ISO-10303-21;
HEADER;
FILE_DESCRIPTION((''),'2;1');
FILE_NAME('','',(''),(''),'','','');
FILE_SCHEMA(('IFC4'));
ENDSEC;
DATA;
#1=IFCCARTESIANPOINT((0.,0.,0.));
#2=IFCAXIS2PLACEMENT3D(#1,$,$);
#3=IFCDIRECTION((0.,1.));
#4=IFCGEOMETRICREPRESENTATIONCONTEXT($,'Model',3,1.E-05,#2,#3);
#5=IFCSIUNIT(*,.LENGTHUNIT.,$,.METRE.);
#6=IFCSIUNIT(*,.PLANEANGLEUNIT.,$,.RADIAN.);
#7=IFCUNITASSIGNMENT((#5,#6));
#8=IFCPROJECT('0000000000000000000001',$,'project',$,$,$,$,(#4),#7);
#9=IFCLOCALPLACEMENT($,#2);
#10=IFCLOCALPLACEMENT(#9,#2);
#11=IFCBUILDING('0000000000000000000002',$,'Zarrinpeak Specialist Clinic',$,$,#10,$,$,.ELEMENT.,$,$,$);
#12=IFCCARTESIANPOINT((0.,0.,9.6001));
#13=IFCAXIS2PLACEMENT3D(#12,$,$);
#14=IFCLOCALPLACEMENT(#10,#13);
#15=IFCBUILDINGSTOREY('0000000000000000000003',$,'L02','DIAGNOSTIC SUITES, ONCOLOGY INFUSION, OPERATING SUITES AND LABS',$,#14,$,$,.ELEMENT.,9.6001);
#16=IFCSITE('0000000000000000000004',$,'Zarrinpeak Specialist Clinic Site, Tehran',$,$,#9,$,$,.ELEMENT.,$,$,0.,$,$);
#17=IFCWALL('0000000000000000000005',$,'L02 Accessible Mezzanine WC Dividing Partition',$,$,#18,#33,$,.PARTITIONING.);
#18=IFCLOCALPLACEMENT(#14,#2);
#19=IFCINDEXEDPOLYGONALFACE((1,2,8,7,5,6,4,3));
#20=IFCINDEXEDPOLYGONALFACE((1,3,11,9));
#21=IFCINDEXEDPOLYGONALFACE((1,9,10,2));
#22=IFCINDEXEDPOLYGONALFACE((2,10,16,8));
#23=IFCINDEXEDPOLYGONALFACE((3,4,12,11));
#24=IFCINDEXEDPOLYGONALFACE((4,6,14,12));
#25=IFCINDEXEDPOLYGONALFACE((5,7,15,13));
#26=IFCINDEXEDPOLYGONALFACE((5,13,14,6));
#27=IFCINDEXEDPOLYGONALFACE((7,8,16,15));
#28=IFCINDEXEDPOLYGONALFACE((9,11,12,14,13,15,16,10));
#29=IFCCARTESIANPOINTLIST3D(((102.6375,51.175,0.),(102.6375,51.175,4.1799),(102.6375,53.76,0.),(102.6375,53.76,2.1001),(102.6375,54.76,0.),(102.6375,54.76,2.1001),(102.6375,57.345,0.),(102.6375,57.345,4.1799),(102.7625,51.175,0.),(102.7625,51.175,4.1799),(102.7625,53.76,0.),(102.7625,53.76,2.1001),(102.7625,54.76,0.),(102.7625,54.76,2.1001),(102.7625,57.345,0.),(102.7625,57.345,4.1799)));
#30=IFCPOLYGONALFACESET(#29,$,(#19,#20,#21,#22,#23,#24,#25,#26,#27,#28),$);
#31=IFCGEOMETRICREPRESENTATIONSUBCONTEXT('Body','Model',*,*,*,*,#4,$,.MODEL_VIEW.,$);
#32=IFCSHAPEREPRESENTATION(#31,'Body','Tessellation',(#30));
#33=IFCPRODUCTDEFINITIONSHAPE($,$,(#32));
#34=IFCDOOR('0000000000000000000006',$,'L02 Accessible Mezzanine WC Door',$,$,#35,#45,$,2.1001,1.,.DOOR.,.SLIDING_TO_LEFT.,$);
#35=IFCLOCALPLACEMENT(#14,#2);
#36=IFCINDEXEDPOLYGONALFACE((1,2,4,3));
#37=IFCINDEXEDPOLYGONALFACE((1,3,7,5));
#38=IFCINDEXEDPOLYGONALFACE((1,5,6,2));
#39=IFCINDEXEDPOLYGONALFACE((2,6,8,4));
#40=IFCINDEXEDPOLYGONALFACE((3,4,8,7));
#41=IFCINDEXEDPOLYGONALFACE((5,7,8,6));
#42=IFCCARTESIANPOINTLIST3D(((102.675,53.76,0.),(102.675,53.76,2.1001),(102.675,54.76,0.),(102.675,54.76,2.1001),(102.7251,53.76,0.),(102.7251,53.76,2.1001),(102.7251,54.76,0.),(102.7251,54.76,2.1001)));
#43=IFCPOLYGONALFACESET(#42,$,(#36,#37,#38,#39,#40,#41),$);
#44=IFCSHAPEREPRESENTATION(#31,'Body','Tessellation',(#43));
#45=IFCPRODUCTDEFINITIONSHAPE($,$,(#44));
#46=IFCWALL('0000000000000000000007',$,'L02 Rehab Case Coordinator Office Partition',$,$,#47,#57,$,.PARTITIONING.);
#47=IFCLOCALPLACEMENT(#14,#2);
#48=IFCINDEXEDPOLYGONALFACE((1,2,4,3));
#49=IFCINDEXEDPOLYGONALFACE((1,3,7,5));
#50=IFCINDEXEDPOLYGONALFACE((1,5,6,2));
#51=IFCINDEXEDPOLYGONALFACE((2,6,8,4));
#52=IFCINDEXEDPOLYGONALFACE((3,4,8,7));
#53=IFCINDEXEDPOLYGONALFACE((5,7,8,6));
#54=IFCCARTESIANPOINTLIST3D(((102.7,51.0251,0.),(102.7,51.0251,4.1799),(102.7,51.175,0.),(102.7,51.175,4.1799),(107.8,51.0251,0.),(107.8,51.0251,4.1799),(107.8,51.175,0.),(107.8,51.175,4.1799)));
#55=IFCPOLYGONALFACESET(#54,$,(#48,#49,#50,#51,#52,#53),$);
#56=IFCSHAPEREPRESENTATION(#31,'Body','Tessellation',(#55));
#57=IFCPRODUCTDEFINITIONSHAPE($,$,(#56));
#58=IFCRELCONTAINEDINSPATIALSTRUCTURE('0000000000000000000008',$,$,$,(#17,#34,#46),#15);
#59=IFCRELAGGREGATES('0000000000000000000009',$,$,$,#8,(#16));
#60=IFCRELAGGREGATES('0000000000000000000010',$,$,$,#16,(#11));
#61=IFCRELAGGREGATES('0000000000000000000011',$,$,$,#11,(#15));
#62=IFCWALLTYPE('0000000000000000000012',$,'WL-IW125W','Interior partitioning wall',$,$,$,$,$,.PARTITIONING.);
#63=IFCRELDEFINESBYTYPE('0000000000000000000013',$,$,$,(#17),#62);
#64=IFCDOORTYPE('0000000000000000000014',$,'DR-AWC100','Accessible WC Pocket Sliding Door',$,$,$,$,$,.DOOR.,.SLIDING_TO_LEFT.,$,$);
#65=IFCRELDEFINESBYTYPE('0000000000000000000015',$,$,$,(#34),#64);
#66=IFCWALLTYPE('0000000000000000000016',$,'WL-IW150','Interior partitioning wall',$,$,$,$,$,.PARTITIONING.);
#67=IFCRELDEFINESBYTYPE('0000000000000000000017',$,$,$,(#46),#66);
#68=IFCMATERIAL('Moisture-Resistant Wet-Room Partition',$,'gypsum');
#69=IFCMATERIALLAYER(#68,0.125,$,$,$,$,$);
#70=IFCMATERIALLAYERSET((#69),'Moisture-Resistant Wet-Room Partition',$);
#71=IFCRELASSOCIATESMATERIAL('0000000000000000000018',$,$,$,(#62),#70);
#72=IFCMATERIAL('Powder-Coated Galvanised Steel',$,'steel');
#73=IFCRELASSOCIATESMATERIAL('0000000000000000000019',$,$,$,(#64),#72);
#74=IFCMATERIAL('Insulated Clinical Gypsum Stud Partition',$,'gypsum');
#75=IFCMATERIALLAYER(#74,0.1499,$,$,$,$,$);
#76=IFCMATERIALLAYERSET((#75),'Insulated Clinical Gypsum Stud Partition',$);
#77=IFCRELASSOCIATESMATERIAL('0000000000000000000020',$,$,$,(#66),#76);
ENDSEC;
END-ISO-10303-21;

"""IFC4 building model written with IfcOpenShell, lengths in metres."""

from ifc_helpers import new_model, si_unit, direction, frame, frame_2d, origin, place, context, subcontext, project, spatial, rectangle, extrude, material, layer, layer_set, type_object, element, fill, save


model = new_model("IFC4")

# Units and contexts
model_context = context("Model", 3, precision=1e-05, world=origin(), true_north=direction((0.0, 1.0)))
body_context = subcontext(model_context, "Body", "Model", "MODEL_VIEW")
ifc_project = project(units=[si_unit("LENGTHUNIT", "METRE"), si_unit("PLANEANGLEUNIT", "RADIAN")], contexts=[model_context])

# Site, building, storey
site_placement = place(None, origin())
site = spatial("IfcSite", under=ifc_project, at=site_placement, Name="Zarrinpeak Specialist Clinic Site, Tehran", CompositionType="ELEMENT", RefElevation=0.0)
building_placement = place(site_placement, origin())
building = spatial("IfcBuilding", under=site, at=building_placement, Name="Zarrinpeak Specialist Clinic", CompositionType="ELEMENT")
storey_placement = place(building_placement, frame((0.0, 0.0, 9.6001)))
storey = spatial("IfcBuildingStorey", under=building, at=storey_placement, Name="L02", Description="DIAGNOSTIC SUITES, ONCOLOGY INFUSION, OPERATING SUITES AND LABS", CompositionType="ELEMENT", Elevation=9.6001)

# Wall, opening, door
ifc_material_1 = material(Name="Moisture-Resistant Wet-Room Partition", Category="gypsum")
ifc_layer_1 = layer(ifc_material_1, 0.125)
ifc_layer_set_1 = layer_set([ifc_layer_1], Name="Moisture-Resistant Wet-Room Partition")
wall_type_1 = type_object("IfcWallType", Name="WL-IW125W", Description="Interior partitioning wall", PredefinedType="PARTITIONING", material=ifc_layer_set_1)
wall_1_placement = place(storey_placement, frame((102.7, 51.175, 0.0), z_axis=(0.0, 0.0, 1.0), x_axis=(0.0, 1.0, 0.0)))
wall_1 = element("IfcWall", 1, at=wall_1_placement, inside=storey, type_object=wall_type_1, Name="L02 Accessible Mezzanine WC Dividing Partition", PredefinedType="PARTITIONING", context=body_context, shape_type="SweptSolid", body=[
    extrude(rectangle(XDim=6.1699, YDim=0.125, at=frame_2d((3.085, 0.0))), origin(), (0.0, 0.0, 1.0), 4.1799),
])
opening_placement = place(wall_1_placement, frame((2.585, 0.0, 0.0)))
opening = element("IfcOpeningElement", 2, at=opening_placement, cuts=wall_1, PredefinedType="OPENING", context=body_context, shape_type="SweptSolid", body=[
    extrude(rectangle(XDim=1.0, YDim=2.1001, at=frame_2d((0.5, 1.05))), frame((0.0, 0.0725, 0.0), z_axis=(0.0, -1.0, 0.0), x_axis=(1.0, 0.0, 0.0)), (0.0, 0.0, 1.0), 0.145),
])
ifc_material_2 = material(Name="Powder-Coated Galvanised Steel", Category="steel")
door_type = type_object("IfcDoorType", Name="DR-AWC100", Description="Accessible WC Pocket Sliding Door", OperationType="SLIDING_TO_LEFT", PredefinedType="DOOR", material=ifc_material_2)
door_placement = place(opening_placement, origin())
door = element("IfcDoor", 3, at=door_placement, inside=storey, type_object=door_type, Name="L02 Accessible Mezzanine WC Door", OperationType="SLIDING_TO_LEFT", OverallHeight=2.1001, OverallWidth=1.0, PredefinedType="DOOR", context=body_context, shape_type="SweptSolid", body=[
    extrude(rectangle(XDim=1.0, YDim=2.1001, at=frame_2d((0.5, 1.05))), frame((0.0, 0.0249, 0.0), z_axis=(0.0, -1.0, 0.0), x_axis=(1.0, 0.0, 0.0)), (0.0, 0.0, 1.0), 0.05),
])
fill(opening, door)

# Wall
ifc_material_3 = material(Name="Insulated Clinical Gypsum Stud Partition", Category="gypsum")
ifc_layer_2 = layer(ifc_material_3, 0.1499)
ifc_layer_set_2 = layer_set([ifc_layer_2], Name="Insulated Clinical Gypsum Stud Partition")
wall_type_2 = type_object("IfcWallType", Name="WL-IW150", Description="Interior partitioning wall", PredefinedType="PARTITIONING", material=ifc_layer_set_2)
wall_2_placement = place(storey_placement, frame((102.7, 51.1001, 0.0), z_axis=(0.0, 0.0, 1.0), x_axis=(1.0, 0.0, 0.0)))
element("IfcWall", 4, at=wall_2_placement, inside=storey, type_object=wall_type_2, Name="L02 Rehab Case Coordinator Office Partition", PredefinedType="PARTITIONING", context=body_context, shape_type="SweptSolid", body=[
    extrude(rectangle(XDim=5.1001, YDim=0.1499, at=frame_2d((2.55, 0.0))), origin(), (0.0, 0.0, 1.0), 4.1799),
])

save(model, "model.ifc")
